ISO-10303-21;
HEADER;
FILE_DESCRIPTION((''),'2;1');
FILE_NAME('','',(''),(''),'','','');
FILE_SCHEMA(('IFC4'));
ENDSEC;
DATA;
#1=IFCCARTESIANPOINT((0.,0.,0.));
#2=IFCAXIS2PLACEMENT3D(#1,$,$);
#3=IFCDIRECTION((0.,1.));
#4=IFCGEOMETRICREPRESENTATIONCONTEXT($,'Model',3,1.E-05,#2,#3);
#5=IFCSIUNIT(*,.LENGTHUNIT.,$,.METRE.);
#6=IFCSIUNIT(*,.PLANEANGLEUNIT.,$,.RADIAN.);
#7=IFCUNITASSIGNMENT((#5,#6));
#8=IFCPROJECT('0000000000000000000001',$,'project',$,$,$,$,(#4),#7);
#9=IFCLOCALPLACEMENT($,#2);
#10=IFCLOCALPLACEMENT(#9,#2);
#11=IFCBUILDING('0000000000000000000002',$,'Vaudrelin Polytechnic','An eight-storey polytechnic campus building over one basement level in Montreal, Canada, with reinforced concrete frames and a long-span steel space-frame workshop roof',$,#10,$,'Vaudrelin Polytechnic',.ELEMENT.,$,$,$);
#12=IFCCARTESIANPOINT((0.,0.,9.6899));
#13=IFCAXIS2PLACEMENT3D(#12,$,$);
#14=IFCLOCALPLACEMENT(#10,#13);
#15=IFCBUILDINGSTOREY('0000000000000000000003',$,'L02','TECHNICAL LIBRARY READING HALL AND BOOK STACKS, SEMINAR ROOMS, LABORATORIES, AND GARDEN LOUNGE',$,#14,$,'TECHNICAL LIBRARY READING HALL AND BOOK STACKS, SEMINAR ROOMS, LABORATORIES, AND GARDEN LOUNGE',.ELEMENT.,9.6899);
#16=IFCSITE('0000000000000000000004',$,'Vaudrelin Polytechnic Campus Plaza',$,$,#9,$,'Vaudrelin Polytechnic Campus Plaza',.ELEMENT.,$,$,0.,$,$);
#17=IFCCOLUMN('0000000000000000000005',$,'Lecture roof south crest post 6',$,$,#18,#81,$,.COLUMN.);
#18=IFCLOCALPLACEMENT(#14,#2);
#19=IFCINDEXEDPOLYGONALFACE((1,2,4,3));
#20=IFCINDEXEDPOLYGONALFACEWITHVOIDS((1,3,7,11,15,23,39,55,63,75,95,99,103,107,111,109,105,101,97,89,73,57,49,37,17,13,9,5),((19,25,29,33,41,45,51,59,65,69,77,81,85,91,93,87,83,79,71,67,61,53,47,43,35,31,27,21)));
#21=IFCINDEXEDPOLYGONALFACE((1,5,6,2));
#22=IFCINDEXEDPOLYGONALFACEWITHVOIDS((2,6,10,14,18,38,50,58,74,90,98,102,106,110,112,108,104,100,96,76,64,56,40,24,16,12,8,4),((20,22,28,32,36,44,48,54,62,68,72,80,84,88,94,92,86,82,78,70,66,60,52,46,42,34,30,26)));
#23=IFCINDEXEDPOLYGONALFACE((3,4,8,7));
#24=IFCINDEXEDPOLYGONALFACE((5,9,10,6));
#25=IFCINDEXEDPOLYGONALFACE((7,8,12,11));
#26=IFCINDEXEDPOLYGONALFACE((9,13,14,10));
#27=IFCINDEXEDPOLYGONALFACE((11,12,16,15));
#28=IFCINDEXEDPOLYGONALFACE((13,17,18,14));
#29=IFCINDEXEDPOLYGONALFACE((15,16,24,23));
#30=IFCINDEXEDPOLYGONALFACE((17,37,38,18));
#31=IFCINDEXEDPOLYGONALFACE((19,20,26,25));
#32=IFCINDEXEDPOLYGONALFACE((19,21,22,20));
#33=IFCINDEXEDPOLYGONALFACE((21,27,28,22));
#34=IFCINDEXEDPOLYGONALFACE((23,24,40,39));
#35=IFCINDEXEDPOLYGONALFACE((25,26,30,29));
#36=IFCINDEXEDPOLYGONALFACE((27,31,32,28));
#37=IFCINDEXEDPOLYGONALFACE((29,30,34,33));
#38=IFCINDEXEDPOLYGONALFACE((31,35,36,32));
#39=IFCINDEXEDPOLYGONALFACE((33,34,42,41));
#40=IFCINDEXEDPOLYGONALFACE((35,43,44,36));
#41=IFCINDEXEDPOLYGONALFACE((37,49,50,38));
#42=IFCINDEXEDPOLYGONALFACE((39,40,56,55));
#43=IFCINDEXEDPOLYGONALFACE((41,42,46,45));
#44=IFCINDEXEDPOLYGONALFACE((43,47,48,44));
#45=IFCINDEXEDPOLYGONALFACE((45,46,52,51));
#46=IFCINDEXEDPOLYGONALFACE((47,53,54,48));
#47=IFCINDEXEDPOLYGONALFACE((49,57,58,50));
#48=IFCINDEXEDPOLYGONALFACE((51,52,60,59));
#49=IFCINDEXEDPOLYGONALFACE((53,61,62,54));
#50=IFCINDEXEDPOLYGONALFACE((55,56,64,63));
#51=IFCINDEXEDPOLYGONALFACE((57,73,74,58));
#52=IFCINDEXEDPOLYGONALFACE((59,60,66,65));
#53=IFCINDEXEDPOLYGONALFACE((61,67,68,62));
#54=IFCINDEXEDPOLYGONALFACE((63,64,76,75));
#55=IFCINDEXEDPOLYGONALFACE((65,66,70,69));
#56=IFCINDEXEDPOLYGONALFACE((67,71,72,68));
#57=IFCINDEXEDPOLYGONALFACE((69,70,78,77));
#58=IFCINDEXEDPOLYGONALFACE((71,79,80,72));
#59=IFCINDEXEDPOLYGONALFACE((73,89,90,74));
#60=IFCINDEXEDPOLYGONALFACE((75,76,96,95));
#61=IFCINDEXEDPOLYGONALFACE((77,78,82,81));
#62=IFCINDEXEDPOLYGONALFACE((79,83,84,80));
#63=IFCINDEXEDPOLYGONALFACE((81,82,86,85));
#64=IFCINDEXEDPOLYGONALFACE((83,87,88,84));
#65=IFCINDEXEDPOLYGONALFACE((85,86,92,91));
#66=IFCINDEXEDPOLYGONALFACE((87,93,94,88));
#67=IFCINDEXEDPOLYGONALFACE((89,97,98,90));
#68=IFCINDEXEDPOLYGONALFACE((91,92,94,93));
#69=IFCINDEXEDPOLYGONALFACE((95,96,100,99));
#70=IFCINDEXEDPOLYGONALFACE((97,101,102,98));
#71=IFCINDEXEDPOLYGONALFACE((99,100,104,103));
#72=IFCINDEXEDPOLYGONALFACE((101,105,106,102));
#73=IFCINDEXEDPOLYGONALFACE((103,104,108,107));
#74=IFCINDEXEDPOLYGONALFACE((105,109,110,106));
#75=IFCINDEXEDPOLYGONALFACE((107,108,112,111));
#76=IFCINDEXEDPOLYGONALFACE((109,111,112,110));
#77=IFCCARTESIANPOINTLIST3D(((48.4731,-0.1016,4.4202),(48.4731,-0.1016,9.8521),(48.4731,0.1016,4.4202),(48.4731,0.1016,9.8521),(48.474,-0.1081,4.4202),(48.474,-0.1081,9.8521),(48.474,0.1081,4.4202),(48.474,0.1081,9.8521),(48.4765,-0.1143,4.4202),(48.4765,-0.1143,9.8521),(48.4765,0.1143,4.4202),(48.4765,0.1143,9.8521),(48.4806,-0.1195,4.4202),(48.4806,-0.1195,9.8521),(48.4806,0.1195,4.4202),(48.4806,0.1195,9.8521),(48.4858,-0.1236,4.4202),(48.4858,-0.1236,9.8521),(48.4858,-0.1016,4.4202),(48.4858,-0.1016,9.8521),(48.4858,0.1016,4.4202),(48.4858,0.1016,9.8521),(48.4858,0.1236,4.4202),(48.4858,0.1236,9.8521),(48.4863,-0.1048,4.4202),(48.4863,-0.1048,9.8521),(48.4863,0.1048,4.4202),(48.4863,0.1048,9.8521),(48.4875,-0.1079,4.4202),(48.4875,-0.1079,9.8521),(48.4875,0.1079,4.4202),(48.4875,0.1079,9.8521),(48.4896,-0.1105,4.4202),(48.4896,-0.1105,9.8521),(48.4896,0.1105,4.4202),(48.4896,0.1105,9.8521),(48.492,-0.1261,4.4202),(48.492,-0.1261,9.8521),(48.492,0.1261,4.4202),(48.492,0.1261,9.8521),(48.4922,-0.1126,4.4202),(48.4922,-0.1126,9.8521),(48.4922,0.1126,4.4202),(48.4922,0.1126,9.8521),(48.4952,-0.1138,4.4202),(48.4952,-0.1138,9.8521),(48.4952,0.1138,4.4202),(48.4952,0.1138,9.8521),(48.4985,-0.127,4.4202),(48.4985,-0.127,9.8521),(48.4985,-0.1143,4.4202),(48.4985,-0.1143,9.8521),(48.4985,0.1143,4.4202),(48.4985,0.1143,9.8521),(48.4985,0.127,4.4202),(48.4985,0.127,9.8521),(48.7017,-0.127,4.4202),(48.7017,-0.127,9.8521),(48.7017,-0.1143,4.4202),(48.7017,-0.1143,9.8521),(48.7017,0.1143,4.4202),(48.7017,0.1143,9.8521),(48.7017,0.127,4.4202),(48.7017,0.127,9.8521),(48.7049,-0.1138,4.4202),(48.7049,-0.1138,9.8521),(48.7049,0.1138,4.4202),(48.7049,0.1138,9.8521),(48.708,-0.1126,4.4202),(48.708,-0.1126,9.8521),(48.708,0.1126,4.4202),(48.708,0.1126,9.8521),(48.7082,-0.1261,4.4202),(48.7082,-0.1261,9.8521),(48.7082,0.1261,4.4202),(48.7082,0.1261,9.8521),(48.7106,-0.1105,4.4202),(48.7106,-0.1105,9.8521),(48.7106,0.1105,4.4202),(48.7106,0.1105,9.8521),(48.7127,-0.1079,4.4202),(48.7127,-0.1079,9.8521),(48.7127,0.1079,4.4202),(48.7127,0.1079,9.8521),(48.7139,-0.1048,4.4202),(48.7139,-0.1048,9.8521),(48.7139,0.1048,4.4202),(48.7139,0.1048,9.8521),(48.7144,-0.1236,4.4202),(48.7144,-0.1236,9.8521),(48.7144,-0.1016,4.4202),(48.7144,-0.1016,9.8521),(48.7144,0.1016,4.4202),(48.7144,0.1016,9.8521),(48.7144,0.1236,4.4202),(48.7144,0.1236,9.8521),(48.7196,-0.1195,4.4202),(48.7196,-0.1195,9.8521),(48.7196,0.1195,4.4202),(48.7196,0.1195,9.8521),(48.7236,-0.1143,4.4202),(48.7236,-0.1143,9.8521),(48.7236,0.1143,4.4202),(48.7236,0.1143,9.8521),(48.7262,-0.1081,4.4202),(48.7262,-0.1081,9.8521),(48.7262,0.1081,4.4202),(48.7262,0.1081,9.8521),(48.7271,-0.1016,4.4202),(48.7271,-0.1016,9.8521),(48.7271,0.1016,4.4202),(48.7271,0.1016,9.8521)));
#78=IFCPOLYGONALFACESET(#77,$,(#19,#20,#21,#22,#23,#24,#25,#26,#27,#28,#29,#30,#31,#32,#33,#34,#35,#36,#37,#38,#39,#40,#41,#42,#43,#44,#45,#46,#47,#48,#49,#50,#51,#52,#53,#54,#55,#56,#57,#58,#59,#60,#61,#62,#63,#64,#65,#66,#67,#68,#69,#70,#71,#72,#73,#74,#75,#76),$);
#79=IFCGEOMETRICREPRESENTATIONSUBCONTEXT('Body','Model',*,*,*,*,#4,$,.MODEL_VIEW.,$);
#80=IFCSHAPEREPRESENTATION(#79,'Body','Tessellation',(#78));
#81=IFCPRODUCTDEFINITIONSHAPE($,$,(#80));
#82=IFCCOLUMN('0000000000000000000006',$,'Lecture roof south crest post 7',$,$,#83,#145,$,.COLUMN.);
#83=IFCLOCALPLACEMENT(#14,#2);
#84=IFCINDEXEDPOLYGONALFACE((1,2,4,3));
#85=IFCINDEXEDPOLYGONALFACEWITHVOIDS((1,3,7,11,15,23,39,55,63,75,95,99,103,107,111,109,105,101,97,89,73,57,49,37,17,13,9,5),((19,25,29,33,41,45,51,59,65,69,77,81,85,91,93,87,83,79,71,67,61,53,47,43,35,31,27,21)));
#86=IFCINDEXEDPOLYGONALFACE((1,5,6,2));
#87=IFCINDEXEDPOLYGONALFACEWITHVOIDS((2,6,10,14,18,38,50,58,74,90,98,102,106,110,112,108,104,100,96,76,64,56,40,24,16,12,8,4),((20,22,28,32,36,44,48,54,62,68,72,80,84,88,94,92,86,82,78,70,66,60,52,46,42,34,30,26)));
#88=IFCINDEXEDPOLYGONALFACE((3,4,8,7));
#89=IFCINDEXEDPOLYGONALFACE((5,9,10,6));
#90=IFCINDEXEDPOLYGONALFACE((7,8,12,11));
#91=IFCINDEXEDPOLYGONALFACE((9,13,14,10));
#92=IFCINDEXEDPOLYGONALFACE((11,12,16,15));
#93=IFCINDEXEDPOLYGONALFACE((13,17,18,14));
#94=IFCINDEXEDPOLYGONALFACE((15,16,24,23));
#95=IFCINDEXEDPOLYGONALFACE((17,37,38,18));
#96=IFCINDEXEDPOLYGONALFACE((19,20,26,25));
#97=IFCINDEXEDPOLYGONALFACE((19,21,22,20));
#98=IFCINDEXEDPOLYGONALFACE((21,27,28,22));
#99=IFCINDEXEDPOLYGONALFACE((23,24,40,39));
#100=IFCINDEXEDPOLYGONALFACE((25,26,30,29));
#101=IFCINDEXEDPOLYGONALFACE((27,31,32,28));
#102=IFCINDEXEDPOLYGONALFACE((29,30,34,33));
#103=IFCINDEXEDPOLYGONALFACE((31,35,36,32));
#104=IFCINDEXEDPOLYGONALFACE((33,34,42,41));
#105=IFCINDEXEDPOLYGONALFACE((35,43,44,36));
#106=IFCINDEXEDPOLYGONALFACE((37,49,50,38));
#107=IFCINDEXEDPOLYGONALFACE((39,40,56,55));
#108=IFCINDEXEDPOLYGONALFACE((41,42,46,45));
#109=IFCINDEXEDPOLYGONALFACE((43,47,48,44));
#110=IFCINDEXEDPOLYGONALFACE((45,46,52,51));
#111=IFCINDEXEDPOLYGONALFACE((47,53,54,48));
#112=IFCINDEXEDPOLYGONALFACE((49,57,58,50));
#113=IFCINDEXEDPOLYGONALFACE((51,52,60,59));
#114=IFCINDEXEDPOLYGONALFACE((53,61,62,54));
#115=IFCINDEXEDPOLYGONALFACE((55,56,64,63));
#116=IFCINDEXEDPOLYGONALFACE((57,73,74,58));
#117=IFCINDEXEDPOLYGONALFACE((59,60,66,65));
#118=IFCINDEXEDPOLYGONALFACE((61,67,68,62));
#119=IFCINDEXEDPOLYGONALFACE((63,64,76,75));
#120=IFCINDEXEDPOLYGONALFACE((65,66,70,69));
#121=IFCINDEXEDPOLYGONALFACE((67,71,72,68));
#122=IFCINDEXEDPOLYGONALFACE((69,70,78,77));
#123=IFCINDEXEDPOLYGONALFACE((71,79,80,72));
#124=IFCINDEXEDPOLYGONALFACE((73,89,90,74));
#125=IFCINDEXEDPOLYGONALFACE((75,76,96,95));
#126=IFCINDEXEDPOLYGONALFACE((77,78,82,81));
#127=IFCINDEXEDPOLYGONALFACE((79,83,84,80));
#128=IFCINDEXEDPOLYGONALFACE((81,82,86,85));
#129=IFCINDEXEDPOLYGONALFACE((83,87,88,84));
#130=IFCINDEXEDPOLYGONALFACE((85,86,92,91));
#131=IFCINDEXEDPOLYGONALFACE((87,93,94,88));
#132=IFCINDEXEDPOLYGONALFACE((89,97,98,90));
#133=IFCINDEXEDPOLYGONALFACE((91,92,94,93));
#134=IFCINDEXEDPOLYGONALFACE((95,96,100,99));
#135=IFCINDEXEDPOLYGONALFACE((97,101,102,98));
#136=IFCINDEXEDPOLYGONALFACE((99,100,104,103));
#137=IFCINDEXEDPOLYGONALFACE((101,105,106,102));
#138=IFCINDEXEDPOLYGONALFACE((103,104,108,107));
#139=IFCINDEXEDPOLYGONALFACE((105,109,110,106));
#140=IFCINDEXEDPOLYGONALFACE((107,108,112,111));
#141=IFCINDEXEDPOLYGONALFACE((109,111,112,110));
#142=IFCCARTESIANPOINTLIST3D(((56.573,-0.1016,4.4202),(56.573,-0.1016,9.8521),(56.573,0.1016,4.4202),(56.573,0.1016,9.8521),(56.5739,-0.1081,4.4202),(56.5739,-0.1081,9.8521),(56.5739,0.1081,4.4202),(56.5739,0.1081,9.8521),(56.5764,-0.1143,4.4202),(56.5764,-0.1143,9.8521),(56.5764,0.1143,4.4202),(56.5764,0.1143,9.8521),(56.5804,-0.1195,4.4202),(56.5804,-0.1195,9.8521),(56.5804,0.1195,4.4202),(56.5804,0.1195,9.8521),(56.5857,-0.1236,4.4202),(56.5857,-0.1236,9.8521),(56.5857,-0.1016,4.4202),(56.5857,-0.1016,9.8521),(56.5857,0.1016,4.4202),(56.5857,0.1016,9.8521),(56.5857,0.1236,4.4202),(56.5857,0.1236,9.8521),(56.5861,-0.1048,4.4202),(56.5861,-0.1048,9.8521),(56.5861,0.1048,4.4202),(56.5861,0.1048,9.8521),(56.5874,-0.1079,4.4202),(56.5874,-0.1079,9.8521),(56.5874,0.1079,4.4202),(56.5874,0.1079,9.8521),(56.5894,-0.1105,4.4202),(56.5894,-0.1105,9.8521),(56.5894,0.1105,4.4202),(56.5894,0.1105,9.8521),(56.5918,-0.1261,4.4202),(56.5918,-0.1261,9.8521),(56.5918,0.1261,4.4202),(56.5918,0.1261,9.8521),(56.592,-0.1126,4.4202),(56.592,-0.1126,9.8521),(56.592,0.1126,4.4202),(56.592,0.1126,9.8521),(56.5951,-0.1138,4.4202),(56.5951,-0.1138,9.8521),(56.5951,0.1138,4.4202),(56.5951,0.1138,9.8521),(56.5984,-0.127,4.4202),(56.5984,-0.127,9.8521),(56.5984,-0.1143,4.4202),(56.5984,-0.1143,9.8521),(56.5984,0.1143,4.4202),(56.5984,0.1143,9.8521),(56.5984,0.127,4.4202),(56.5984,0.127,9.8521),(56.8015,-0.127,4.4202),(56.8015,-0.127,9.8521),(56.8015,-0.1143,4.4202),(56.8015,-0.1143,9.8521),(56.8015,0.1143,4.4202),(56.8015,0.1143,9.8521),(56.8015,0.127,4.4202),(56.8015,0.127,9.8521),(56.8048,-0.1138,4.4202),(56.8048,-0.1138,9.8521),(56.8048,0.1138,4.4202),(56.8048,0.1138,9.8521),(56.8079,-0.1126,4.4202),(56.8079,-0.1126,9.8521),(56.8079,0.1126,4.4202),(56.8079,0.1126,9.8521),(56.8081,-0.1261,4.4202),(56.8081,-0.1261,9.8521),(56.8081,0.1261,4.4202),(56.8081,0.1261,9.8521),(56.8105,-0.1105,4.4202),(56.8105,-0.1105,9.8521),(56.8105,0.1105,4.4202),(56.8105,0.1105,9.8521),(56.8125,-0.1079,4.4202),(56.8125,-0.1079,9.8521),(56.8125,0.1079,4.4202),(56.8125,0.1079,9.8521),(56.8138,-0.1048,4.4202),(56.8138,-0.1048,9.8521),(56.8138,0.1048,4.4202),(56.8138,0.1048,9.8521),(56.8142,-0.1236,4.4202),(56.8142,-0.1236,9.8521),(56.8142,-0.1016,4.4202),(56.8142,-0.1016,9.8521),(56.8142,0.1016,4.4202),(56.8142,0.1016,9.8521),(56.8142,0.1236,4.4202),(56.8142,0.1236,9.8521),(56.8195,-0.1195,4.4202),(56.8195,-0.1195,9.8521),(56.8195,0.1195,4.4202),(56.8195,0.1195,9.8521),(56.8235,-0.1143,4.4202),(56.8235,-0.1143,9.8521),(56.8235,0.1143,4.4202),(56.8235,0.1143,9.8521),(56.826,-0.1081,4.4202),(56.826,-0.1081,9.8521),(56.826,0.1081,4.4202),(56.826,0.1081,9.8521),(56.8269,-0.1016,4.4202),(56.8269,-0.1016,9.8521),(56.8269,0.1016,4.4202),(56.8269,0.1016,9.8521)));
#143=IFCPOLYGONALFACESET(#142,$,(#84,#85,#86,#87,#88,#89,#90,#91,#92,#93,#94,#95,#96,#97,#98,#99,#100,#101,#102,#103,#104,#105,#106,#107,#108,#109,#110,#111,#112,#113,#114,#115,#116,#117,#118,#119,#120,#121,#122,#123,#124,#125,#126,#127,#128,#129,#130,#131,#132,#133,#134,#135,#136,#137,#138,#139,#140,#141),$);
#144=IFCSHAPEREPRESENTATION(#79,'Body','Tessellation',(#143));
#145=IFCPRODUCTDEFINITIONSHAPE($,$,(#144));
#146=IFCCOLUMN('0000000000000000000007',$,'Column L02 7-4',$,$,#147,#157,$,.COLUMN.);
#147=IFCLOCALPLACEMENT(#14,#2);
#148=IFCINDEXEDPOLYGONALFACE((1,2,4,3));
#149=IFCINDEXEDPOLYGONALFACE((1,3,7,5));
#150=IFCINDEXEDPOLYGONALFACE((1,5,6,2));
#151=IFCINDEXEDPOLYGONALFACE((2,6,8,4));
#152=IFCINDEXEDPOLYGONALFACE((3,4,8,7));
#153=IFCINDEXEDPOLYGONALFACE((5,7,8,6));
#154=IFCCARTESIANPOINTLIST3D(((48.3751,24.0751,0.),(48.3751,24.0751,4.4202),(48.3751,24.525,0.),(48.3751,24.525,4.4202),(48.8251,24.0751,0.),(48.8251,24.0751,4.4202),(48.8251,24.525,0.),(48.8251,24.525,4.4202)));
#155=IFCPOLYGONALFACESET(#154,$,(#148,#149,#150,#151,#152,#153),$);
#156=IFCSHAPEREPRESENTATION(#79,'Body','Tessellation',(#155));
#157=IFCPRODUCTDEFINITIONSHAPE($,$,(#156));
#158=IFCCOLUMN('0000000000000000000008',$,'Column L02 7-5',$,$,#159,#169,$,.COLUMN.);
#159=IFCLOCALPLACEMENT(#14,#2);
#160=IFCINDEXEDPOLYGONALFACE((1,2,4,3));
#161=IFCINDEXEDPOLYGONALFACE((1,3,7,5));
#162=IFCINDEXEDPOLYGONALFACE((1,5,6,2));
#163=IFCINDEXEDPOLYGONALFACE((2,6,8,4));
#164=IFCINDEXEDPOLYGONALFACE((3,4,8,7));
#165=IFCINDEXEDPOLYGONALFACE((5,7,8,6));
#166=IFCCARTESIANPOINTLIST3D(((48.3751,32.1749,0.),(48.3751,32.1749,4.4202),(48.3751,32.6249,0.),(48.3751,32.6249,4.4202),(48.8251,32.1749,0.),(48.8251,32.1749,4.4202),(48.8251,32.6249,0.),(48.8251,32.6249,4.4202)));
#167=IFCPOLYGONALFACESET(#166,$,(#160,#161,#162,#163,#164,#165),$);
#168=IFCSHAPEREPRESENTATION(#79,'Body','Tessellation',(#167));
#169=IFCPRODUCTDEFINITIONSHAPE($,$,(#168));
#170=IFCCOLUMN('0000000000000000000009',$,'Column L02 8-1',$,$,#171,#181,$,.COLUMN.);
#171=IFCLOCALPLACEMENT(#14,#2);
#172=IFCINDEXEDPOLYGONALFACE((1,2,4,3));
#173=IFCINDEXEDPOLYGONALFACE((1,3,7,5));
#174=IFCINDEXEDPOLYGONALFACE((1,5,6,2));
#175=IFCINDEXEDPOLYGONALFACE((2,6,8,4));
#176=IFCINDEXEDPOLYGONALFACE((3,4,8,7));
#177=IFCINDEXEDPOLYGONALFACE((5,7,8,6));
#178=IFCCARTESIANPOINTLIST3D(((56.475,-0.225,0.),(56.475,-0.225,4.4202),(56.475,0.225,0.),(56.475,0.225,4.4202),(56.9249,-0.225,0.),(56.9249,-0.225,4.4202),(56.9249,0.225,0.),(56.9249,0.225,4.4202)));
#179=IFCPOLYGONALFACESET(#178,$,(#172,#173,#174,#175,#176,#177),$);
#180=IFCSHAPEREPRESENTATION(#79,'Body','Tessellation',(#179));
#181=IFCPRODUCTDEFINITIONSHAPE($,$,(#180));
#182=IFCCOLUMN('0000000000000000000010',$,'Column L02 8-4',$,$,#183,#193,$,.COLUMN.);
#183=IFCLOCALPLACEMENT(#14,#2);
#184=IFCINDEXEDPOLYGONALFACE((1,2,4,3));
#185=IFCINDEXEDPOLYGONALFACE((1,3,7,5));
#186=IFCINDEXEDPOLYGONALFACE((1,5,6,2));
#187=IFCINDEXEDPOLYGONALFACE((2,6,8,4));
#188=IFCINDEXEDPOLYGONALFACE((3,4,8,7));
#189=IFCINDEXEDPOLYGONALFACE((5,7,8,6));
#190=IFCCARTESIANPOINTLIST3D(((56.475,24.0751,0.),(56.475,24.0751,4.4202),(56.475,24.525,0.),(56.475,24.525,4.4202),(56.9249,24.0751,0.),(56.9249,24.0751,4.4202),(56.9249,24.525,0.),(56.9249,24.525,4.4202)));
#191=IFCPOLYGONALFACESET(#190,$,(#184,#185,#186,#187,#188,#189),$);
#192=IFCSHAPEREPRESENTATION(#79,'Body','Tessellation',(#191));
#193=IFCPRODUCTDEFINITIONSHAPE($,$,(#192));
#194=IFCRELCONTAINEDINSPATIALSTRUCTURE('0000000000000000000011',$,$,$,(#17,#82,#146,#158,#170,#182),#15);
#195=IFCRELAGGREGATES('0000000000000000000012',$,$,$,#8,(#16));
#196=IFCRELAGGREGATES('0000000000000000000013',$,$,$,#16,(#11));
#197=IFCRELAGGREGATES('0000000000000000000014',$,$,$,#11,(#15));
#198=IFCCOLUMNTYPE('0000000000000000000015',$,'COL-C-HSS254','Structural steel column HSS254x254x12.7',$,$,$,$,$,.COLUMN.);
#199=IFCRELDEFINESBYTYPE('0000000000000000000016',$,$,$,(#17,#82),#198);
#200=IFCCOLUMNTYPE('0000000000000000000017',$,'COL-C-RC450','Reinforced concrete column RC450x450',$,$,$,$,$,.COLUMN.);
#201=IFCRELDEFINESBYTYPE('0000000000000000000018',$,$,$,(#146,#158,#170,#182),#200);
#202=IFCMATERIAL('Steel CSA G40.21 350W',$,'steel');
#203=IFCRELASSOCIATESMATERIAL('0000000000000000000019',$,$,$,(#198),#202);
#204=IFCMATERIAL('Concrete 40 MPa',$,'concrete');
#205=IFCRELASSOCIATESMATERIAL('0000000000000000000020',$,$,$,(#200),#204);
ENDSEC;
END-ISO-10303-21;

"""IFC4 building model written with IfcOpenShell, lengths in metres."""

from ifc_helpers import new_model, si_unit, direction, frame, origin, origin_2d, place, context, subcontext, project, spatial, rectangle, hollow_rectangle, extrude, material, material_profile, profile_set, type_object, element, save


model = new_model("IFC4")

# Units and contexts
model_context = context("Model", 3, precision=1e-05, world=origin(), true_north=direction((0.0, 1.0)))
body_context = subcontext(model_context, "Body", "Model", "MODEL_VIEW")
ifc_project = project(units=[si_unit("LENGTHUNIT", "METRE"), si_unit("PLANEANGLEUNIT", "RADIAN")], contexts=[model_context])

# Site, building, storey
site_placement = place(None, origin())
site = spatial("IfcSite", under=ifc_project, at=site_placement, Name="Vaudrelin Polytechnic Campus Plaza", LongName="Vaudrelin Polytechnic Campus Plaza", CompositionType="ELEMENT", RefElevation=0.0)
building_placement = place(site_placement, origin())
building = spatial("IfcBuilding", under=site, at=building_placement, Name="Vaudrelin Polytechnic", Description="An eight-storey polytechnic campus building over one basement level in Montreal, Canada, with reinforced concrete frames and a long-span steel space-frame workshop roof", LongName="Vaudrelin Polytechnic", CompositionType="ELEMENT")
storey_placement = place(building_placement, frame((0.0, 0.0, 9.6899)))
storey = spatial("IfcBuildingStorey", under=building, at=storey_placement, Name="L02", Description="TECHNICAL LIBRARY READING HALL AND BOOK STACKS, SEMINAR ROOMS, LABORATORIES, AND GARDEN LOUNGE", LongName="TECHNICAL LIBRARY READING HALL AND BOOK STACKS, SEMINAR ROOMS, LABORATORIES, AND GARDEN LOUNGE", CompositionType="ELEMENT", Elevation=9.6899)

# Columns
ifc_material_1 = material(Name="Steel CSA G40.21 350W", Category="steel")
ifc_material_profile_1 = material_profile(ifc_material_1, hollow_rectangle(XDim=0.2539, YDim=0.2539, WallThickness=0.0127, InnerFilletRadius=0.0127, OuterFilletRadius=0.0254, at=origin_2d()), Name="HSS254x254x12.7")
ifc_profile_set_1 = profile_set([ifc_material_profile_1], Name="Steel CSA G40.21 350W")
column_type_1 = type_object("IfcColumnType", Name="COL-C-HSS254", Description="Structural steel column HSS254x254x12.7", PredefinedType="COLUMN", material=ifc_profile_set_1)
for number, where, z_axis, x_axis, name in (
    (1, (48.6001, 0.0, 4.4202), (0.0, 0.0, 1.0), (1.0, 0.0, 0.0), "Lecture roof south crest post 6"),
    (2, (56.7, 0.0, 4.4202), (0.0, 0.0, 1.0), (1.0, 0.0, 0.0), "Lecture roof south crest post 7"),
):
    element("IfcColumn", number, at=place(storey_placement, frame(where, z_axis=z_axis, x_axis=x_axis)), inside=storey, type_object=column_type_1, Name=name, PredefinedType="COLUMN", context=body_context, shape_type="SweptSolid", body=[
        extrude(hollow_rectangle(XDim=0.2539, YDim=0.2539, WallThickness=0.0127, InnerFilletRadius=0.0127, OuterFilletRadius=0.0254, at=origin_2d()), origin(), (0.0, 0.0, 1.0), 5.4319),
    ])
ifc_material_2 = material(Name="Concrete 40 MPa", Category="concrete")
ifc_material_profile_2 = material_profile(ifc_material_2, rectangle(XDim=0.45, YDim=0.45, at=origin_2d()), Name="RC450x450")
ifc_profile_set_2 = profile_set([ifc_material_profile_2], Name="Concrete 40 MPa")
column_type_2 = type_object("IfcColumnType", Name="COL-C-RC450", Description="Reinforced concrete column RC450x450", PredefinedType="COLUMN", material=ifc_profile_set_2)
for number, where, z_axis, x_axis, name in (
    (3, (48.6001, 24.3, 0.0), (0.0, 0.0, 1.0), (1.0, 0.0, 0.0), "Column L02 7-4"),
    (4, (48.6001, 32.3999, 0.0), (0.0, 0.0, 1.0), (1.0, 0.0, 0.0), "Column L02 7-5"),
    (5, (56.7, 0.0, 0.0), (0.0, 0.0, 1.0), (1.0, 0.0, 0.0), "Column L02 8-1"),
    (6, (56.7, 24.3, 0.0), (0.0, 0.0, 1.0), (1.0, 0.0, 0.0), "Column L02 8-4"),
):
    element("IfcColumn", number, at=place(storey_placement, frame(where, z_axis=z_axis, x_axis=x_axis)), inside=storey, type_object=column_type_2, Name=name, PredefinedType="COLUMN", context=body_context, shape_type="SweptSolid", body=[
        extrude(rectangle(XDim=0.45, YDim=0.45, at=origin_2d()), origin(), (0.0, 0.0, 1.0), 4.4202),
    ])

save(model, "model.ifc")
